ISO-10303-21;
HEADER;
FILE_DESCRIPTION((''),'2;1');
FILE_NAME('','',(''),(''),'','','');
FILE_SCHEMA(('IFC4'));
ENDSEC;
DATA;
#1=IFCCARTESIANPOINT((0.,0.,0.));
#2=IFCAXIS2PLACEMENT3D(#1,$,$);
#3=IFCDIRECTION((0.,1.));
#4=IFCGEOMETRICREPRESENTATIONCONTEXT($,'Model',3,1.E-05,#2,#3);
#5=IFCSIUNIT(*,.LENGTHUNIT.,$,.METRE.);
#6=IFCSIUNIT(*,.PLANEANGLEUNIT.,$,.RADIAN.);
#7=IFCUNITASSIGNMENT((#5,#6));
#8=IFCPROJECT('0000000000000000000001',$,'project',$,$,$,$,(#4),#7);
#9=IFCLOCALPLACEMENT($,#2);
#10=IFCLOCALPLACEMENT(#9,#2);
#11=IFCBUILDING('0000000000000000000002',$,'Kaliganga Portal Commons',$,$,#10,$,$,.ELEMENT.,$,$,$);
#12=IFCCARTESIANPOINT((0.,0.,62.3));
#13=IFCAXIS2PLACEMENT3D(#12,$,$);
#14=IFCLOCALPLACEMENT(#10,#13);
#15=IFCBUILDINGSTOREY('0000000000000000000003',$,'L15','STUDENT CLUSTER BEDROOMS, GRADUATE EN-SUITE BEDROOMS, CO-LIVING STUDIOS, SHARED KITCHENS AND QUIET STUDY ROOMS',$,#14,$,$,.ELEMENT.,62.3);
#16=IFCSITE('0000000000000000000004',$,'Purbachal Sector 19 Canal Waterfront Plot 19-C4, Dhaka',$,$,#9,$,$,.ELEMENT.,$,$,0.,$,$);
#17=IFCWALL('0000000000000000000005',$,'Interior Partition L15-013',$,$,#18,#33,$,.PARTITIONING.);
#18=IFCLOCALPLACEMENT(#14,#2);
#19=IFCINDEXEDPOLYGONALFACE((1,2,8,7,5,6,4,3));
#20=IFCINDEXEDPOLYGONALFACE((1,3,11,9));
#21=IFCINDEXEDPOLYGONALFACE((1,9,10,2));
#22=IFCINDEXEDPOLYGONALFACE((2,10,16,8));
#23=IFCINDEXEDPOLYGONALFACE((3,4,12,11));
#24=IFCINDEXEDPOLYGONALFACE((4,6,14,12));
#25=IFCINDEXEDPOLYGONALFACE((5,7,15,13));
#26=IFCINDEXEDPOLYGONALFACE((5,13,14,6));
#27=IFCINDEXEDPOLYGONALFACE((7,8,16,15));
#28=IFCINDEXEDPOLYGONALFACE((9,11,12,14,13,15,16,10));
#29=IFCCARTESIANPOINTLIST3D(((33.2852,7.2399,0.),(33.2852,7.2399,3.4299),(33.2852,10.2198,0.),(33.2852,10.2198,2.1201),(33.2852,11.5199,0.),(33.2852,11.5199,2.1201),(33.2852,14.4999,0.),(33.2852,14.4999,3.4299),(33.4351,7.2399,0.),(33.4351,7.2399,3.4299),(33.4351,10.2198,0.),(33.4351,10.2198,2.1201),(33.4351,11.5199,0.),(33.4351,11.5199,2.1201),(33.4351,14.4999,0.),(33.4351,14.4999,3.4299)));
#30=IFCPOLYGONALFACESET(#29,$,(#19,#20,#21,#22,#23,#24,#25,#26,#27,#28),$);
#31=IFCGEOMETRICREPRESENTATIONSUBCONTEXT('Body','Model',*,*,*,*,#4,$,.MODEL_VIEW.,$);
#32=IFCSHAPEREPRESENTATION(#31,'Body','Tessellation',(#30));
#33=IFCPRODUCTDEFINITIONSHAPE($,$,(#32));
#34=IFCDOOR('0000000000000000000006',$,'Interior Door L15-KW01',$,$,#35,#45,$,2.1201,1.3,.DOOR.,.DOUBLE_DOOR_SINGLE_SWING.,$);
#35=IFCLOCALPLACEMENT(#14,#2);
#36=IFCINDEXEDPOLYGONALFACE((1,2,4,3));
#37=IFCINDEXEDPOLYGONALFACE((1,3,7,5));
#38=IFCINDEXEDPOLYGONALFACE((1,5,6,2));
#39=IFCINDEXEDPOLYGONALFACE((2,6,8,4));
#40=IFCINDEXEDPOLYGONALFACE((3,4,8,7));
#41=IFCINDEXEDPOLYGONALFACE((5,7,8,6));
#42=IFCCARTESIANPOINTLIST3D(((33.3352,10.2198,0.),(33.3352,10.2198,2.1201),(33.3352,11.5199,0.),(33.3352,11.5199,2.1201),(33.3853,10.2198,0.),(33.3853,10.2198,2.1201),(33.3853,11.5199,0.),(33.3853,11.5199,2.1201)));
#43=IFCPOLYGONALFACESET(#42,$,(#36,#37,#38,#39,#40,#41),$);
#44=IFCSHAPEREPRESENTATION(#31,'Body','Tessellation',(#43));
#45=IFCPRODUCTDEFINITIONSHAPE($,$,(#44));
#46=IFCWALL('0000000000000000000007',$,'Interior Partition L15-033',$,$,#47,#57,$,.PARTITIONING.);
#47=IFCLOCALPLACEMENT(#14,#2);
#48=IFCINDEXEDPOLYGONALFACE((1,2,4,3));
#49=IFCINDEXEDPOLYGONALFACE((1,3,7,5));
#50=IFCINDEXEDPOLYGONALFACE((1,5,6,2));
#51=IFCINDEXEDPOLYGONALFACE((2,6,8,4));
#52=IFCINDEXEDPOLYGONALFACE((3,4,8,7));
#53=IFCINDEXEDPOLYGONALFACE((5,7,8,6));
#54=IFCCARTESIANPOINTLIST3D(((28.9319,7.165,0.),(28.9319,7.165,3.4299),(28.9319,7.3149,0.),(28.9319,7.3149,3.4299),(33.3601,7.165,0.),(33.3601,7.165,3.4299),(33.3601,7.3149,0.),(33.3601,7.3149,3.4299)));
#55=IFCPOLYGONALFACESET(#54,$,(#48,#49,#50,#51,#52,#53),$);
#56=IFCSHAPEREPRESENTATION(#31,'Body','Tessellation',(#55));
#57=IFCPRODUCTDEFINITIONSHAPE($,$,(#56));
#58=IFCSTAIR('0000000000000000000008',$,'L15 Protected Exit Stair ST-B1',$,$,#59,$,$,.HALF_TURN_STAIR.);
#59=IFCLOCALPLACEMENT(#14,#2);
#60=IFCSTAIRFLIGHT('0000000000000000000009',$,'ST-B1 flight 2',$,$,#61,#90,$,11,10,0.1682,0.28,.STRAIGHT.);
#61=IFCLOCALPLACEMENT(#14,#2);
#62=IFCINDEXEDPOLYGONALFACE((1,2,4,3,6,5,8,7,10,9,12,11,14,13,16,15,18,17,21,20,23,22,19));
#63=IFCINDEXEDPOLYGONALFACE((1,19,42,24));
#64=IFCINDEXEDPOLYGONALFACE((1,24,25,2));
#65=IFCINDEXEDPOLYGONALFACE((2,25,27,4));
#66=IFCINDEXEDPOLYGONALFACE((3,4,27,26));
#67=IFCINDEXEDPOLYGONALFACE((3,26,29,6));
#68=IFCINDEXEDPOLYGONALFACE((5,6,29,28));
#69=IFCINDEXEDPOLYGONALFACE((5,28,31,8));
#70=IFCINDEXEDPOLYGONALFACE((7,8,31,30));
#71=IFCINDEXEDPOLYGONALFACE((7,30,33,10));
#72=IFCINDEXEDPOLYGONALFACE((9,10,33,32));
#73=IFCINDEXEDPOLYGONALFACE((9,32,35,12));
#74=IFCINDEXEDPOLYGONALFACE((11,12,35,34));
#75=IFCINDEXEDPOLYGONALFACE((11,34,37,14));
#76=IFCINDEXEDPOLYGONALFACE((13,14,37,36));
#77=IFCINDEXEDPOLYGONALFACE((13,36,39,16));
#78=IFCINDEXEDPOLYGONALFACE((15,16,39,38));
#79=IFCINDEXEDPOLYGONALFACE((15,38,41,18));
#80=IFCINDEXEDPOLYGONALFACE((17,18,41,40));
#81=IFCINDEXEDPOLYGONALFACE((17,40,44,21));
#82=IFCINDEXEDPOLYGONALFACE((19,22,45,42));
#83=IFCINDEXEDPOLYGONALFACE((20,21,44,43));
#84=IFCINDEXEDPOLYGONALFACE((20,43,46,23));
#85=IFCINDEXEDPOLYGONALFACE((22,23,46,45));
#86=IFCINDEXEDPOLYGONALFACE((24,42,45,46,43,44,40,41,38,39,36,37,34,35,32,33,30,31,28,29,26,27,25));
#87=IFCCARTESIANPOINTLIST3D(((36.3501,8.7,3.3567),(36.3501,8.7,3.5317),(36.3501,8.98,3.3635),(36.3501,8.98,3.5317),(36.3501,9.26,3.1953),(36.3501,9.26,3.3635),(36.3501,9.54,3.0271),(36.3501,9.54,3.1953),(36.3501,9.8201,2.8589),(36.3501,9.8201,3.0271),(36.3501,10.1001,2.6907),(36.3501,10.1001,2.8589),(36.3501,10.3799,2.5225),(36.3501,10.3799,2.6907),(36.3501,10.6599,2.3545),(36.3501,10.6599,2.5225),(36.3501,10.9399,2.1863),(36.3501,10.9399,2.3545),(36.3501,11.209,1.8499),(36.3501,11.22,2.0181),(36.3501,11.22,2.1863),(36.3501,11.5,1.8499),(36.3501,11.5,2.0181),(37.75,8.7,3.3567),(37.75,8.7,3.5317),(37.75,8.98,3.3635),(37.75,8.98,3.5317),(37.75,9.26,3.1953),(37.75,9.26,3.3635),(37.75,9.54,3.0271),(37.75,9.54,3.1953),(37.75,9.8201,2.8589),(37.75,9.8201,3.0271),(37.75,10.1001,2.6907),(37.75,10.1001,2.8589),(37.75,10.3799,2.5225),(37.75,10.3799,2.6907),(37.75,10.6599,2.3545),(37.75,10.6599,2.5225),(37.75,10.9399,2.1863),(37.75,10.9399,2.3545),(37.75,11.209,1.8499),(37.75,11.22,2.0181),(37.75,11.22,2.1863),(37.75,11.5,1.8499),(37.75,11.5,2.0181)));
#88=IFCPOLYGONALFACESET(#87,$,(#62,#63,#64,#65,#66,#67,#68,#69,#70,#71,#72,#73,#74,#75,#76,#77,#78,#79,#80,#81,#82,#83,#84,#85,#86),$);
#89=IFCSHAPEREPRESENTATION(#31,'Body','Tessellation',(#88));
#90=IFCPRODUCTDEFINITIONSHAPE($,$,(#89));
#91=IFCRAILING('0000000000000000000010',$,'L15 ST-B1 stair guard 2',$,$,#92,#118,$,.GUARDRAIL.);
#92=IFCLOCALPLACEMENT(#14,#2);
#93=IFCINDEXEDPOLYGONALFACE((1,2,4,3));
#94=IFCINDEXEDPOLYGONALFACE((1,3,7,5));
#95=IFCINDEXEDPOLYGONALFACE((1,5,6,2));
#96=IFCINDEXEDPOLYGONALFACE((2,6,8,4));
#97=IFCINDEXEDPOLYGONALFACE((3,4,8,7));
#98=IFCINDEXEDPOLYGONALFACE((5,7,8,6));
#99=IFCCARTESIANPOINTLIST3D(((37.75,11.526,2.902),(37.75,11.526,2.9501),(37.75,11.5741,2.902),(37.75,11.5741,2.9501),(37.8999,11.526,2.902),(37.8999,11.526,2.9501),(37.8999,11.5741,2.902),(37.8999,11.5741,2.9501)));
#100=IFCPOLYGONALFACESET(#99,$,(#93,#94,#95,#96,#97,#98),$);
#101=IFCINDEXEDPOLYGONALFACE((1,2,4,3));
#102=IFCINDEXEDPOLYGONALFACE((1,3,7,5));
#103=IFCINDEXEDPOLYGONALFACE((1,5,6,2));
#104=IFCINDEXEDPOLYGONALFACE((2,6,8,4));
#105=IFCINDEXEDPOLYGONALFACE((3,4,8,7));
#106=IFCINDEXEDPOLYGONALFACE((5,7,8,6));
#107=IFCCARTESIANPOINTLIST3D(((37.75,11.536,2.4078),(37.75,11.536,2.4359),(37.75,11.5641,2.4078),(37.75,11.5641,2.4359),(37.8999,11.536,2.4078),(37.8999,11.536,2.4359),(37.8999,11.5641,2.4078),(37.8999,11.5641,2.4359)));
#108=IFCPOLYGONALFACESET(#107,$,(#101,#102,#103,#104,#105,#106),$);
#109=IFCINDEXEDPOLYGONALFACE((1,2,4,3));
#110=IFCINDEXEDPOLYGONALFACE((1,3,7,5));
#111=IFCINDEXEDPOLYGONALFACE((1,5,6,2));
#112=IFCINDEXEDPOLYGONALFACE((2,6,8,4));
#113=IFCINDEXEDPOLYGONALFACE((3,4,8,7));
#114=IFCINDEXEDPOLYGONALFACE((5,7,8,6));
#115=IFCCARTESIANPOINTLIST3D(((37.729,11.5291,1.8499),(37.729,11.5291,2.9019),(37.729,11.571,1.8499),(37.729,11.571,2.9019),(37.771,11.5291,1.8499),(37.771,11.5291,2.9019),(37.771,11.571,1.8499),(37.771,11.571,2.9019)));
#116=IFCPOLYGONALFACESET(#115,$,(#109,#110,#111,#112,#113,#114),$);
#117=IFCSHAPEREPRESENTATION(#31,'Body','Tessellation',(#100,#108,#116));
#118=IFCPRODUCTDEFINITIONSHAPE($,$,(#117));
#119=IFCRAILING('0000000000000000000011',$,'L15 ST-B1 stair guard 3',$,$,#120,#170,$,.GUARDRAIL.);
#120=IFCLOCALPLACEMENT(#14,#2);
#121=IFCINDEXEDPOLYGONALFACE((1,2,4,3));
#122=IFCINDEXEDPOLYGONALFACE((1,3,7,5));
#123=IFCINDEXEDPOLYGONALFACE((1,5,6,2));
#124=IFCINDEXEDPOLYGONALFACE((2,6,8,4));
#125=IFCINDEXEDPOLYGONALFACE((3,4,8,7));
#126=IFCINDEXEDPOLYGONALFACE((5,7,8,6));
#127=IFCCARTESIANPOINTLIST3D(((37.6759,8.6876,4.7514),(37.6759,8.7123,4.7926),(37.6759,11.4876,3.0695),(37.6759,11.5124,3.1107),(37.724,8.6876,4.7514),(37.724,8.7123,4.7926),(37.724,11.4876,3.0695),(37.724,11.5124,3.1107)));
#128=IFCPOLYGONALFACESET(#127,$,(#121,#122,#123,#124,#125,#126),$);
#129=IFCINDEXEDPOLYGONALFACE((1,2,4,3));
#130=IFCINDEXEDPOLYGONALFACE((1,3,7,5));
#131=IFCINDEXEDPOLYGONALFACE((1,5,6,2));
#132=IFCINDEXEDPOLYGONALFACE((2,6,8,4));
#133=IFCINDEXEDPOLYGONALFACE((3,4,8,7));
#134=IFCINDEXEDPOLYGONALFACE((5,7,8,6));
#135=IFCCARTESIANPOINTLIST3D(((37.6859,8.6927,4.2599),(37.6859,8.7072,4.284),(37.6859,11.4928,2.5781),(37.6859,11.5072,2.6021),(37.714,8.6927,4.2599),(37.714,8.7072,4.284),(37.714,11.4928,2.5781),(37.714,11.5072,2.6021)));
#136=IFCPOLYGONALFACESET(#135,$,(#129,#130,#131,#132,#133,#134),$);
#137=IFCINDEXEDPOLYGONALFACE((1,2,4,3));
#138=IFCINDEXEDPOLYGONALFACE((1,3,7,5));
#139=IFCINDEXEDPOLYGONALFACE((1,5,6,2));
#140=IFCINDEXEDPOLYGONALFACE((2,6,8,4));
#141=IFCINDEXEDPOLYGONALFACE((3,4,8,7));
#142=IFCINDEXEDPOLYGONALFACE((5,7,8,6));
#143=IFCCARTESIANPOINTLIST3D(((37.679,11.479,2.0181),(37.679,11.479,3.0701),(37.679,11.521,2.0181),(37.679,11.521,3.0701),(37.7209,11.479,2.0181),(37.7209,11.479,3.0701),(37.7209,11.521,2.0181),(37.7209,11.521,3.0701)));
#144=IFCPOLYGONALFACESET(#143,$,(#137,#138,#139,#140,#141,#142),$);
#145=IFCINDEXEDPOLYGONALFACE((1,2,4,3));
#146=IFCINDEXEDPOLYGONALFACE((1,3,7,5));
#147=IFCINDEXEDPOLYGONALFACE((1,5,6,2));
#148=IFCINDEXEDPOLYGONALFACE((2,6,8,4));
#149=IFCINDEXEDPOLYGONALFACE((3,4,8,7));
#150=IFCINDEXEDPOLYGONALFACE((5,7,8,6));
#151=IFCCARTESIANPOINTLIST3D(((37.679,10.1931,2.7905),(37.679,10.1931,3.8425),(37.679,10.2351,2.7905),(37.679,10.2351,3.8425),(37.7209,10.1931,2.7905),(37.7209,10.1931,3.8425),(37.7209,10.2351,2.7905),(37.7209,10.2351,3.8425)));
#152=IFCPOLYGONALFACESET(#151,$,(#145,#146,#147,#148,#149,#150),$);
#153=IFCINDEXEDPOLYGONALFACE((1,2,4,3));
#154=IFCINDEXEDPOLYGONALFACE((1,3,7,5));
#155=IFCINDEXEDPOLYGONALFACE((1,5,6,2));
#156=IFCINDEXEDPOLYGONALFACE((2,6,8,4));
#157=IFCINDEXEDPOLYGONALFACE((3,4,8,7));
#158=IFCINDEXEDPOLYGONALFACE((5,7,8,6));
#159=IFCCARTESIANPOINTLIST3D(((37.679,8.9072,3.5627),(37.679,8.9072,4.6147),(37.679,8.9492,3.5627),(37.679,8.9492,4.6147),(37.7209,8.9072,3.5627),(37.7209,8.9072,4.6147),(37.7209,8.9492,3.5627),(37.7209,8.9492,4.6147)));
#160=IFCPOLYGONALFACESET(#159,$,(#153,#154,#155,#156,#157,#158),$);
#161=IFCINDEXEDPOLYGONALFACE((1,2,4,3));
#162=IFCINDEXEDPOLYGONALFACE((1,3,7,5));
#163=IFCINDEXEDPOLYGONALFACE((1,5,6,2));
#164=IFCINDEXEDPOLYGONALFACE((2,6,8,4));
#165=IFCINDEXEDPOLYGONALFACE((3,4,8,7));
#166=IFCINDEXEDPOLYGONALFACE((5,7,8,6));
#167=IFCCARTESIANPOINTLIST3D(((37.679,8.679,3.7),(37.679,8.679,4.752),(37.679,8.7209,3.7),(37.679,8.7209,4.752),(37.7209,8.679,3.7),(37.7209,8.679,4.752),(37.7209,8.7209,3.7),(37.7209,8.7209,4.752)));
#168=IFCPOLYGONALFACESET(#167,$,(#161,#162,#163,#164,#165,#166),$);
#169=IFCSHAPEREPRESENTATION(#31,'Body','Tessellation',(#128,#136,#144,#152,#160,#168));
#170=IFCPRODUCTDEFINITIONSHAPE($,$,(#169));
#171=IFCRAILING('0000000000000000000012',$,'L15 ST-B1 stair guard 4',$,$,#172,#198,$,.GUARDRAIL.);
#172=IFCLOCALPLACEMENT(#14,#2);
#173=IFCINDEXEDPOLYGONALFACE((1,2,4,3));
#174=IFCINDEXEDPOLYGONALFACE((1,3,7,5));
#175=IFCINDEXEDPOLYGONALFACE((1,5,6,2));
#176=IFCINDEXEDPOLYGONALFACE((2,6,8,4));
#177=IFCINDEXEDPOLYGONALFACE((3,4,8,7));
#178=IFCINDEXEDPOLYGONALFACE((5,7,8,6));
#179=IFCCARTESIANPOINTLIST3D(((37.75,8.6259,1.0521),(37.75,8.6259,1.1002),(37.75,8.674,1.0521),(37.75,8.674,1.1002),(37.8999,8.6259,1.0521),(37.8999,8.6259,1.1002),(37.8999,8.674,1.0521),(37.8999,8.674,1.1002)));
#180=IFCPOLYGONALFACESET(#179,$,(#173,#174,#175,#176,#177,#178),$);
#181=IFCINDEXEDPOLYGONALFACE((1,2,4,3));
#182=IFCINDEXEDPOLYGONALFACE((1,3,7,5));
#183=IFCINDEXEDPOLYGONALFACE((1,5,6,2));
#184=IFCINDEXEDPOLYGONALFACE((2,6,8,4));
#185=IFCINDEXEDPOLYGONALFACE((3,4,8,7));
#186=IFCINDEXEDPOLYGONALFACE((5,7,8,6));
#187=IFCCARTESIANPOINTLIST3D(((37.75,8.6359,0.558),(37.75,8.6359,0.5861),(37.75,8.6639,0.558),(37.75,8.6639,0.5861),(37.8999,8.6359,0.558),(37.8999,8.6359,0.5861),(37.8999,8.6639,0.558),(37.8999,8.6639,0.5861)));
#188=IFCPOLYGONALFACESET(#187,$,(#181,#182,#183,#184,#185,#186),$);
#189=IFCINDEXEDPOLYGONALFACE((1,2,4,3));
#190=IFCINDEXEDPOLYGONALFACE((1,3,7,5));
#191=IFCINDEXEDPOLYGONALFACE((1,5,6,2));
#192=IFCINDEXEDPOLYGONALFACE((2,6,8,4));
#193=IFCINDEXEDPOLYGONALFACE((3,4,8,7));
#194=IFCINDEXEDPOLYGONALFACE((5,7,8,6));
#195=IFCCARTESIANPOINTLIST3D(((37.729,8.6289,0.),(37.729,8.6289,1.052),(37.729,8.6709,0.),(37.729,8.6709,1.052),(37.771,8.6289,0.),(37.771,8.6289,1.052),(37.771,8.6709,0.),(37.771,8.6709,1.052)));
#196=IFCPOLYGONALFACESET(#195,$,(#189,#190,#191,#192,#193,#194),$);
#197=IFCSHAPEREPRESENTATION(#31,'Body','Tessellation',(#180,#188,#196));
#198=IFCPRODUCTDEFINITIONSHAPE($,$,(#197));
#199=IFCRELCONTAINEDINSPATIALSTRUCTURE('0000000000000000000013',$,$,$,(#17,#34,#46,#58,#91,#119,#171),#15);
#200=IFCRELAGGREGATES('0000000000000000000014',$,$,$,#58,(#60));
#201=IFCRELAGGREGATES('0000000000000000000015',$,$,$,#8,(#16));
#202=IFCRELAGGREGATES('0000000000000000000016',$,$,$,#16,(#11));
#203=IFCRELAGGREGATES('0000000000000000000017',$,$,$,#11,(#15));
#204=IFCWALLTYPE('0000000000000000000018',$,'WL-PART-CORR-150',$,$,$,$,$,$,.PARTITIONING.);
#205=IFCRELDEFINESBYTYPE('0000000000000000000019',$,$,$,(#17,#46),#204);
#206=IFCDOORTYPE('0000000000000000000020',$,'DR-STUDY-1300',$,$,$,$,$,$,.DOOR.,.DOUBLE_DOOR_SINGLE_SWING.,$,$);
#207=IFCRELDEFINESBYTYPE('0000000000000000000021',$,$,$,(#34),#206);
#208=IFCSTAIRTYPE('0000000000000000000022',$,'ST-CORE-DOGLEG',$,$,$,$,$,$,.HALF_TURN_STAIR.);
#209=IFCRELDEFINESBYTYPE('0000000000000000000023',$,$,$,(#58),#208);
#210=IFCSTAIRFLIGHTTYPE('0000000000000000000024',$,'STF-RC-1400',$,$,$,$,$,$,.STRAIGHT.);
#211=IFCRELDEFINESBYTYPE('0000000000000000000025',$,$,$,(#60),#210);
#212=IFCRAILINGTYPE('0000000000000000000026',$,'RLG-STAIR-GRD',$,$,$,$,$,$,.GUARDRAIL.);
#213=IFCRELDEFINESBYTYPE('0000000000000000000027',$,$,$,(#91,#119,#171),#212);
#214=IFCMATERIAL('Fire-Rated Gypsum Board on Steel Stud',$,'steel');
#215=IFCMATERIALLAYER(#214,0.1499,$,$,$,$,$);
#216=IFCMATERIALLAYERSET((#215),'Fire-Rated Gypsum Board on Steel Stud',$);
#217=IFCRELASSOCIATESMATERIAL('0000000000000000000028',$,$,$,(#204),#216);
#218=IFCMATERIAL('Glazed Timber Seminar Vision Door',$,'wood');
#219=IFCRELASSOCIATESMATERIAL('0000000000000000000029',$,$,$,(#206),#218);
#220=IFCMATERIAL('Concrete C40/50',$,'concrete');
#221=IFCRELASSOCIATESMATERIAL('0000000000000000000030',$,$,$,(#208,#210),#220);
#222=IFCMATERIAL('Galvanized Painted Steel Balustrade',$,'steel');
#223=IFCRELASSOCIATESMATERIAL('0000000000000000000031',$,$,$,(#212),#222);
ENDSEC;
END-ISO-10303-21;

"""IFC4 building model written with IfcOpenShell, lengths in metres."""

from ifc_helpers import new_model, si_unit, direction, frame, frame_2d, origin, origin_2d, place, context, subcontext, project, spatial, polyline, rectangle, outline, extrude, material, layer, layer_set, type_object, element, fill, aggregate, save


model = new_model("IFC4")

# Units and contexts
model_context = context("Model", 3, precision=1e-05, world=origin(), true_north=direction((0.0, 1.0)))
body_context = subcontext(model_context, "Body", "Model", "MODEL_VIEW")
ifc_project = project(units=[si_unit("LENGTHUNIT", "METRE"), si_unit("PLANEANGLEUNIT", "RADIAN")], contexts=[model_context])

# Site, building, storey
site_placement = place(None, origin())
site = spatial("IfcSite", under=ifc_project, at=site_placement, Name="Purbachal Sector 19 Canal Waterfront Plot 19-C4, Dhaka", CompositionType="ELEMENT", RefElevation=0.0)
building_placement = place(site_placement, origin())
building = spatial("IfcBuilding", under=site, at=building_placement, Name="Kaliganga Portal Commons", CompositionType="ELEMENT")
storey_placement = place(building_placement, frame((0.0, 0.0, 62.3)))
storey = spatial("IfcBuildingStorey", under=building, at=storey_placement, Name="L15", Description="STUDENT CLUSTER BEDROOMS, GRADUATE EN-SUITE BEDROOMS, CO-LIVING STUDIOS, SHARED KITCHENS AND QUIET STUDY ROOMS", CompositionType="ELEMENT", Elevation=62.3)

# Wall, opening, door
ifc_material_1 = material(Name="Fire-Rated Gypsum Board on Steel Stud", Category="steel")
ifc_layer_1 = layer(ifc_material_1, 0.1499)
ifc_layer_set_1 = layer_set([ifc_layer_1], Name="Fire-Rated Gypsum Board on Steel Stud")
wall_type_1 = type_object("IfcWallType", Name="WL-PART-CORR-150", PredefinedType="PARTITIONING", material=ifc_layer_set_1)
wall_1_placement = place(storey_placement, frame((33.3601, 7.24, 0.0), z_axis=(0.0, 0.0, 1.0), x_axis=(0.0, 1.0, 0.0)))
wall_1 = element("IfcWall", 1, at=wall_1_placement, inside=storey, type_object=wall_type_1, Name="Interior Partition L15-013", PredefinedType="PARTITIONING", context=body_context, shape_type="SweptSolid", body=[
    extrude(rectangle(XDim=7.26, YDim=0.1499, at=frame_2d((3.6299, 0.0))), origin(), (0.0, 0.0, 1.0), 3.4299),
])
opening_1_placement = place(wall_1_placement, frame((2.98, 0.0, 0.0)))
opening_1 = element("IfcOpeningElement", 2, at=opening_1_placement, cuts=wall_1, PredefinedType="OPENING", context=body_context, shape_type="SweptSolid", body=[
    extrude(rectangle(XDim=1.3, YDim=2.1201, at=frame_2d((0.6499, 1.0601))), frame((0.0, 0.085, 0.0), z_axis=(0.0, -1.0, 0.0), x_axis=(1.0, 0.0, 0.0)), (0.0, 0.0, 1.0), 0.1699),
])
ifc_material_2 = material(Name="Glazed Timber Seminar Vision Door", Category="wood")
door_type = type_object("IfcDoorType", Name="DR-STUDY-1300", OperationType="DOUBLE_DOOR_SINGLE_SWING", PredefinedType="DOOR", material=ifc_material_2)
door_placement = place(opening_1_placement, origin())
door = element("IfcDoor", 3, at=door_placement, inside=storey, type_object=door_type, Name="Interior Door L15-KW01", OperationType="DOUBLE_DOOR_SINGLE_SWING", OverallHeight=2.1201, OverallWidth=1.3, PredefinedType="DOOR", context=body_context, shape_type="SweptSolid", body=[
    extrude(rectangle(XDim=1.3, YDim=2.1201, at=frame_2d((0.6499, 1.0601))), frame((0.0, 0.0249, 0.0), z_axis=(0.0, -1.0, 0.0), x_axis=(1.0, 0.0, 0.0)), (0.0, 0.0, 1.0), 0.05),
])
fill(opening_1, door)

# Wall
wall_2_placement = place(storey_placement, frame((28.9319, 7.24, 0.0), z_axis=(0.0, 0.0, 1.0), x_axis=(1.0, 0.0, 0.0)))
element("IfcWall", 4, at=wall_2_placement, inside=storey, type_object=wall_type_1, Name="Interior Partition L15-033", PredefinedType="PARTITIONING", context=body_context, shape_type="SweptSolid", body=[
    extrude(rectangle(XDim=4.4282, YDim=0.1499, at=frame_2d((2.2141, 0.0))), origin(), (0.0, 0.0, 1.0), 3.4299),
])

# Stair, stair flight
ifc_material_3 = material(Name="Concrete C40/50", Category="concrete")
stair_type = type_object("IfcStairType", Name="ST-CORE-DOGLEG", PredefinedType="HALF_TURN_STAIR", material=ifc_material_3)
stair_placement = place(storey_placement, origin())
stair = element("IfcStair", 5, at=stair_placement, inside=storey, type_object=stair_type, Name="L15 Protected Exit Stair ST-B1", PredefinedType="HALF_TURN_STAIR")
stair_flight_type = type_object("IfcStairFlightType", Name="STF-RC-1400", PredefinedType="STRAIGHT", material=ifc_material_3)
stair_flight_placement = place(storey_placement, frame((37.05, 11.5, 1.8499), z_axis=(0.0, 0.0, 1.0), x_axis=(0.0, -1.0, 0.0)))
stair_flight = element("IfcStairFlight", 6, at=stair_flight_placement, type_object=stair_flight_type, Name="ST-B1 flight 2", NumberOfRisers=11, NumberOfTreads=10, PredefinedType="STRAIGHT", RiserHeight=0.1682, TreadLength=0.28, context=body_context, shape_type="SweptSolid", body=[
    extrude(outline(polyline([(0.0, 0.0), (0.0, 0.1682), (0.28, 0.1682), (0.28, 0.3364), (0.5601, 0.3364), (0.5601, 0.5046), (0.8401, 0.5046), (0.8401, 0.6726), (1.1201, 0.6726), (1.1201, 0.8408), (1.3999, 0.8408), (1.3999, 1.009), (1.6799, 1.009), (1.6799, 1.1772), (1.96, 1.1772), (1.96, 1.3455), (2.24, 1.3455), (2.24, 1.5137), (2.52, 1.5137), (2.52, 1.6819), (2.8, 1.6819), (2.8, 1.8501), (2.8, 1.5068), (0.291, 0.0), (0.0, 0.0)])), frame((0.0, 0.7, 0.0), z_axis=(0.0, -1.0, 0.0), x_axis=(1.0, 0.0, 0.0)), (0.0, 0.0, 1.0), 1.3999),
])
aggregate(stair, [stair_flight])

# Railings
ifc_material_4 = material(Name="Galvanized Painted Steel Balustrade", Category="steel")
railing_type_1 = type_object("IfcRailingType", Name="RLG-STAIR-GRD", PredefinedType="GUARDRAIL", material=ifc_material_4)
railing_1_placement = place(storey_placement, frame((37.8999, 11.55, 1.8499)))
element("IfcRailing", 7, at=railing_1_placement, inside=storey, type_object=railing_type_1, Name="L15 ST-B1 stair guard 2", PredefinedType="GUARDRAIL", context=body_context, shape_type="SweptSolid", body=[
    extrude(rectangle(XDim=0.0481, YDim=0.0481, at=origin_2d()), frame((0.0, 0.0, 1.0762), z_axis=(-1.0, 0.0, 0.0), x_axis=(0.0, -1.0, 0.0)), (0.0, 0.0, 1.0), 0.1499),
    extrude(rectangle(XDim=0.0281, YDim=0.0281, at=origin_2d()), frame((0.0, 0.0, 0.572), z_axis=(-1.0, 0.0, 0.0), x_axis=(0.0, -1.0, 0.0)), (0.0, 0.0, 1.0), 0.1499),
    extrude(rectangle(XDim=0.042, YDim=0.042, at=origin_2d()), frame((-0.1499, 0.0, 0.0)), (0.0, 0.0, 1.0), 1.052),
])
railing_2_placement = place(storey_placement, frame((37.7, 11.5, 2.0181)))
element("IfcRailing", 8, at=railing_2_placement, inside=storey, type_object=railing_type_1, Name="L15 ST-B1 stair guard 3", PredefinedType="GUARDRAIL", context=body_context, shape_type="SweptSolid", body=[
    extrude(rectangle(XDim=0.0481, YDim=0.0481, at=origin_2d()), frame((0.0, 0.0, 1.072), z_axis=(0.0, -0.857242, 0.514913), x_axis=(1.0, 0.0, 0.0)), (0.0, 0.0, 1.0), 3.2664),
    extrude(rectangle(XDim=0.0281, YDim=0.0281, at=origin_2d()), frame((0.0, 0.0, 0.572), z_axis=(0.0, -0.857242, 0.514913), x_axis=(1.0, 0.0, 0.0)), (0.0, 0.0, 1.0), 3.2664),
    extrude(rectangle(XDim=0.042, YDim=0.042, at=origin_2d()), origin(), (0.0, 0.0, 1.0), 1.052),
    extrude(rectangle(XDim=0.042, YDim=0.042, at=origin_2d()), frame((0.0, -1.2859, 0.7725)), (0.0, 0.0, 1.0), 1.052),
    extrude(rectangle(XDim=0.042, YDim=0.042, at=origin_2d()), frame((0.0, -2.5718, 1.5447)), (0.0, 0.0, 1.0), 1.052),
    extrude(rectangle(XDim=0.042, YDim=0.042, at=origin_2d()), frame((0.0, -2.8, 1.6819)), (0.0, 0.0, 1.0), 1.052),
])
railing_3_placement = place(storey_placement, frame((37.8999, 8.6499, 0.0)))
element("IfcRailing", 9, at=railing_3_placement, inside=storey, type_object=railing_type_1, Name="L15 ST-B1 stair guard 4", PredefinedType="GUARDRAIL", context=body_context, shape_type="SweptSolid", body=[
    extrude(rectangle(XDim=0.0481, YDim=0.0481, at=origin_2d()), frame((0.0, 0.0, 1.0762), z_axis=(-1.0, 0.0, 0.0), x_axis=(0.0, -1.0, 0.0)), (0.0, 0.0, 1.0), 0.1499),
    extrude(rectangle(XDim=0.0281, YDim=0.0281, at=origin_2d()), frame((0.0, 0.0, 0.572), z_axis=(-1.0, 0.0, 0.0), x_axis=(0.0, -1.0, 0.0)), (0.0, 0.0, 1.0), 0.1499),
    extrude(rectangle(XDim=0.042, YDim=0.042, at=origin_2d()), frame((-0.1499, 0.0, 0.0)), (0.0, 0.0, 1.0), 1.052),
])

save(model, "model.ifc")
